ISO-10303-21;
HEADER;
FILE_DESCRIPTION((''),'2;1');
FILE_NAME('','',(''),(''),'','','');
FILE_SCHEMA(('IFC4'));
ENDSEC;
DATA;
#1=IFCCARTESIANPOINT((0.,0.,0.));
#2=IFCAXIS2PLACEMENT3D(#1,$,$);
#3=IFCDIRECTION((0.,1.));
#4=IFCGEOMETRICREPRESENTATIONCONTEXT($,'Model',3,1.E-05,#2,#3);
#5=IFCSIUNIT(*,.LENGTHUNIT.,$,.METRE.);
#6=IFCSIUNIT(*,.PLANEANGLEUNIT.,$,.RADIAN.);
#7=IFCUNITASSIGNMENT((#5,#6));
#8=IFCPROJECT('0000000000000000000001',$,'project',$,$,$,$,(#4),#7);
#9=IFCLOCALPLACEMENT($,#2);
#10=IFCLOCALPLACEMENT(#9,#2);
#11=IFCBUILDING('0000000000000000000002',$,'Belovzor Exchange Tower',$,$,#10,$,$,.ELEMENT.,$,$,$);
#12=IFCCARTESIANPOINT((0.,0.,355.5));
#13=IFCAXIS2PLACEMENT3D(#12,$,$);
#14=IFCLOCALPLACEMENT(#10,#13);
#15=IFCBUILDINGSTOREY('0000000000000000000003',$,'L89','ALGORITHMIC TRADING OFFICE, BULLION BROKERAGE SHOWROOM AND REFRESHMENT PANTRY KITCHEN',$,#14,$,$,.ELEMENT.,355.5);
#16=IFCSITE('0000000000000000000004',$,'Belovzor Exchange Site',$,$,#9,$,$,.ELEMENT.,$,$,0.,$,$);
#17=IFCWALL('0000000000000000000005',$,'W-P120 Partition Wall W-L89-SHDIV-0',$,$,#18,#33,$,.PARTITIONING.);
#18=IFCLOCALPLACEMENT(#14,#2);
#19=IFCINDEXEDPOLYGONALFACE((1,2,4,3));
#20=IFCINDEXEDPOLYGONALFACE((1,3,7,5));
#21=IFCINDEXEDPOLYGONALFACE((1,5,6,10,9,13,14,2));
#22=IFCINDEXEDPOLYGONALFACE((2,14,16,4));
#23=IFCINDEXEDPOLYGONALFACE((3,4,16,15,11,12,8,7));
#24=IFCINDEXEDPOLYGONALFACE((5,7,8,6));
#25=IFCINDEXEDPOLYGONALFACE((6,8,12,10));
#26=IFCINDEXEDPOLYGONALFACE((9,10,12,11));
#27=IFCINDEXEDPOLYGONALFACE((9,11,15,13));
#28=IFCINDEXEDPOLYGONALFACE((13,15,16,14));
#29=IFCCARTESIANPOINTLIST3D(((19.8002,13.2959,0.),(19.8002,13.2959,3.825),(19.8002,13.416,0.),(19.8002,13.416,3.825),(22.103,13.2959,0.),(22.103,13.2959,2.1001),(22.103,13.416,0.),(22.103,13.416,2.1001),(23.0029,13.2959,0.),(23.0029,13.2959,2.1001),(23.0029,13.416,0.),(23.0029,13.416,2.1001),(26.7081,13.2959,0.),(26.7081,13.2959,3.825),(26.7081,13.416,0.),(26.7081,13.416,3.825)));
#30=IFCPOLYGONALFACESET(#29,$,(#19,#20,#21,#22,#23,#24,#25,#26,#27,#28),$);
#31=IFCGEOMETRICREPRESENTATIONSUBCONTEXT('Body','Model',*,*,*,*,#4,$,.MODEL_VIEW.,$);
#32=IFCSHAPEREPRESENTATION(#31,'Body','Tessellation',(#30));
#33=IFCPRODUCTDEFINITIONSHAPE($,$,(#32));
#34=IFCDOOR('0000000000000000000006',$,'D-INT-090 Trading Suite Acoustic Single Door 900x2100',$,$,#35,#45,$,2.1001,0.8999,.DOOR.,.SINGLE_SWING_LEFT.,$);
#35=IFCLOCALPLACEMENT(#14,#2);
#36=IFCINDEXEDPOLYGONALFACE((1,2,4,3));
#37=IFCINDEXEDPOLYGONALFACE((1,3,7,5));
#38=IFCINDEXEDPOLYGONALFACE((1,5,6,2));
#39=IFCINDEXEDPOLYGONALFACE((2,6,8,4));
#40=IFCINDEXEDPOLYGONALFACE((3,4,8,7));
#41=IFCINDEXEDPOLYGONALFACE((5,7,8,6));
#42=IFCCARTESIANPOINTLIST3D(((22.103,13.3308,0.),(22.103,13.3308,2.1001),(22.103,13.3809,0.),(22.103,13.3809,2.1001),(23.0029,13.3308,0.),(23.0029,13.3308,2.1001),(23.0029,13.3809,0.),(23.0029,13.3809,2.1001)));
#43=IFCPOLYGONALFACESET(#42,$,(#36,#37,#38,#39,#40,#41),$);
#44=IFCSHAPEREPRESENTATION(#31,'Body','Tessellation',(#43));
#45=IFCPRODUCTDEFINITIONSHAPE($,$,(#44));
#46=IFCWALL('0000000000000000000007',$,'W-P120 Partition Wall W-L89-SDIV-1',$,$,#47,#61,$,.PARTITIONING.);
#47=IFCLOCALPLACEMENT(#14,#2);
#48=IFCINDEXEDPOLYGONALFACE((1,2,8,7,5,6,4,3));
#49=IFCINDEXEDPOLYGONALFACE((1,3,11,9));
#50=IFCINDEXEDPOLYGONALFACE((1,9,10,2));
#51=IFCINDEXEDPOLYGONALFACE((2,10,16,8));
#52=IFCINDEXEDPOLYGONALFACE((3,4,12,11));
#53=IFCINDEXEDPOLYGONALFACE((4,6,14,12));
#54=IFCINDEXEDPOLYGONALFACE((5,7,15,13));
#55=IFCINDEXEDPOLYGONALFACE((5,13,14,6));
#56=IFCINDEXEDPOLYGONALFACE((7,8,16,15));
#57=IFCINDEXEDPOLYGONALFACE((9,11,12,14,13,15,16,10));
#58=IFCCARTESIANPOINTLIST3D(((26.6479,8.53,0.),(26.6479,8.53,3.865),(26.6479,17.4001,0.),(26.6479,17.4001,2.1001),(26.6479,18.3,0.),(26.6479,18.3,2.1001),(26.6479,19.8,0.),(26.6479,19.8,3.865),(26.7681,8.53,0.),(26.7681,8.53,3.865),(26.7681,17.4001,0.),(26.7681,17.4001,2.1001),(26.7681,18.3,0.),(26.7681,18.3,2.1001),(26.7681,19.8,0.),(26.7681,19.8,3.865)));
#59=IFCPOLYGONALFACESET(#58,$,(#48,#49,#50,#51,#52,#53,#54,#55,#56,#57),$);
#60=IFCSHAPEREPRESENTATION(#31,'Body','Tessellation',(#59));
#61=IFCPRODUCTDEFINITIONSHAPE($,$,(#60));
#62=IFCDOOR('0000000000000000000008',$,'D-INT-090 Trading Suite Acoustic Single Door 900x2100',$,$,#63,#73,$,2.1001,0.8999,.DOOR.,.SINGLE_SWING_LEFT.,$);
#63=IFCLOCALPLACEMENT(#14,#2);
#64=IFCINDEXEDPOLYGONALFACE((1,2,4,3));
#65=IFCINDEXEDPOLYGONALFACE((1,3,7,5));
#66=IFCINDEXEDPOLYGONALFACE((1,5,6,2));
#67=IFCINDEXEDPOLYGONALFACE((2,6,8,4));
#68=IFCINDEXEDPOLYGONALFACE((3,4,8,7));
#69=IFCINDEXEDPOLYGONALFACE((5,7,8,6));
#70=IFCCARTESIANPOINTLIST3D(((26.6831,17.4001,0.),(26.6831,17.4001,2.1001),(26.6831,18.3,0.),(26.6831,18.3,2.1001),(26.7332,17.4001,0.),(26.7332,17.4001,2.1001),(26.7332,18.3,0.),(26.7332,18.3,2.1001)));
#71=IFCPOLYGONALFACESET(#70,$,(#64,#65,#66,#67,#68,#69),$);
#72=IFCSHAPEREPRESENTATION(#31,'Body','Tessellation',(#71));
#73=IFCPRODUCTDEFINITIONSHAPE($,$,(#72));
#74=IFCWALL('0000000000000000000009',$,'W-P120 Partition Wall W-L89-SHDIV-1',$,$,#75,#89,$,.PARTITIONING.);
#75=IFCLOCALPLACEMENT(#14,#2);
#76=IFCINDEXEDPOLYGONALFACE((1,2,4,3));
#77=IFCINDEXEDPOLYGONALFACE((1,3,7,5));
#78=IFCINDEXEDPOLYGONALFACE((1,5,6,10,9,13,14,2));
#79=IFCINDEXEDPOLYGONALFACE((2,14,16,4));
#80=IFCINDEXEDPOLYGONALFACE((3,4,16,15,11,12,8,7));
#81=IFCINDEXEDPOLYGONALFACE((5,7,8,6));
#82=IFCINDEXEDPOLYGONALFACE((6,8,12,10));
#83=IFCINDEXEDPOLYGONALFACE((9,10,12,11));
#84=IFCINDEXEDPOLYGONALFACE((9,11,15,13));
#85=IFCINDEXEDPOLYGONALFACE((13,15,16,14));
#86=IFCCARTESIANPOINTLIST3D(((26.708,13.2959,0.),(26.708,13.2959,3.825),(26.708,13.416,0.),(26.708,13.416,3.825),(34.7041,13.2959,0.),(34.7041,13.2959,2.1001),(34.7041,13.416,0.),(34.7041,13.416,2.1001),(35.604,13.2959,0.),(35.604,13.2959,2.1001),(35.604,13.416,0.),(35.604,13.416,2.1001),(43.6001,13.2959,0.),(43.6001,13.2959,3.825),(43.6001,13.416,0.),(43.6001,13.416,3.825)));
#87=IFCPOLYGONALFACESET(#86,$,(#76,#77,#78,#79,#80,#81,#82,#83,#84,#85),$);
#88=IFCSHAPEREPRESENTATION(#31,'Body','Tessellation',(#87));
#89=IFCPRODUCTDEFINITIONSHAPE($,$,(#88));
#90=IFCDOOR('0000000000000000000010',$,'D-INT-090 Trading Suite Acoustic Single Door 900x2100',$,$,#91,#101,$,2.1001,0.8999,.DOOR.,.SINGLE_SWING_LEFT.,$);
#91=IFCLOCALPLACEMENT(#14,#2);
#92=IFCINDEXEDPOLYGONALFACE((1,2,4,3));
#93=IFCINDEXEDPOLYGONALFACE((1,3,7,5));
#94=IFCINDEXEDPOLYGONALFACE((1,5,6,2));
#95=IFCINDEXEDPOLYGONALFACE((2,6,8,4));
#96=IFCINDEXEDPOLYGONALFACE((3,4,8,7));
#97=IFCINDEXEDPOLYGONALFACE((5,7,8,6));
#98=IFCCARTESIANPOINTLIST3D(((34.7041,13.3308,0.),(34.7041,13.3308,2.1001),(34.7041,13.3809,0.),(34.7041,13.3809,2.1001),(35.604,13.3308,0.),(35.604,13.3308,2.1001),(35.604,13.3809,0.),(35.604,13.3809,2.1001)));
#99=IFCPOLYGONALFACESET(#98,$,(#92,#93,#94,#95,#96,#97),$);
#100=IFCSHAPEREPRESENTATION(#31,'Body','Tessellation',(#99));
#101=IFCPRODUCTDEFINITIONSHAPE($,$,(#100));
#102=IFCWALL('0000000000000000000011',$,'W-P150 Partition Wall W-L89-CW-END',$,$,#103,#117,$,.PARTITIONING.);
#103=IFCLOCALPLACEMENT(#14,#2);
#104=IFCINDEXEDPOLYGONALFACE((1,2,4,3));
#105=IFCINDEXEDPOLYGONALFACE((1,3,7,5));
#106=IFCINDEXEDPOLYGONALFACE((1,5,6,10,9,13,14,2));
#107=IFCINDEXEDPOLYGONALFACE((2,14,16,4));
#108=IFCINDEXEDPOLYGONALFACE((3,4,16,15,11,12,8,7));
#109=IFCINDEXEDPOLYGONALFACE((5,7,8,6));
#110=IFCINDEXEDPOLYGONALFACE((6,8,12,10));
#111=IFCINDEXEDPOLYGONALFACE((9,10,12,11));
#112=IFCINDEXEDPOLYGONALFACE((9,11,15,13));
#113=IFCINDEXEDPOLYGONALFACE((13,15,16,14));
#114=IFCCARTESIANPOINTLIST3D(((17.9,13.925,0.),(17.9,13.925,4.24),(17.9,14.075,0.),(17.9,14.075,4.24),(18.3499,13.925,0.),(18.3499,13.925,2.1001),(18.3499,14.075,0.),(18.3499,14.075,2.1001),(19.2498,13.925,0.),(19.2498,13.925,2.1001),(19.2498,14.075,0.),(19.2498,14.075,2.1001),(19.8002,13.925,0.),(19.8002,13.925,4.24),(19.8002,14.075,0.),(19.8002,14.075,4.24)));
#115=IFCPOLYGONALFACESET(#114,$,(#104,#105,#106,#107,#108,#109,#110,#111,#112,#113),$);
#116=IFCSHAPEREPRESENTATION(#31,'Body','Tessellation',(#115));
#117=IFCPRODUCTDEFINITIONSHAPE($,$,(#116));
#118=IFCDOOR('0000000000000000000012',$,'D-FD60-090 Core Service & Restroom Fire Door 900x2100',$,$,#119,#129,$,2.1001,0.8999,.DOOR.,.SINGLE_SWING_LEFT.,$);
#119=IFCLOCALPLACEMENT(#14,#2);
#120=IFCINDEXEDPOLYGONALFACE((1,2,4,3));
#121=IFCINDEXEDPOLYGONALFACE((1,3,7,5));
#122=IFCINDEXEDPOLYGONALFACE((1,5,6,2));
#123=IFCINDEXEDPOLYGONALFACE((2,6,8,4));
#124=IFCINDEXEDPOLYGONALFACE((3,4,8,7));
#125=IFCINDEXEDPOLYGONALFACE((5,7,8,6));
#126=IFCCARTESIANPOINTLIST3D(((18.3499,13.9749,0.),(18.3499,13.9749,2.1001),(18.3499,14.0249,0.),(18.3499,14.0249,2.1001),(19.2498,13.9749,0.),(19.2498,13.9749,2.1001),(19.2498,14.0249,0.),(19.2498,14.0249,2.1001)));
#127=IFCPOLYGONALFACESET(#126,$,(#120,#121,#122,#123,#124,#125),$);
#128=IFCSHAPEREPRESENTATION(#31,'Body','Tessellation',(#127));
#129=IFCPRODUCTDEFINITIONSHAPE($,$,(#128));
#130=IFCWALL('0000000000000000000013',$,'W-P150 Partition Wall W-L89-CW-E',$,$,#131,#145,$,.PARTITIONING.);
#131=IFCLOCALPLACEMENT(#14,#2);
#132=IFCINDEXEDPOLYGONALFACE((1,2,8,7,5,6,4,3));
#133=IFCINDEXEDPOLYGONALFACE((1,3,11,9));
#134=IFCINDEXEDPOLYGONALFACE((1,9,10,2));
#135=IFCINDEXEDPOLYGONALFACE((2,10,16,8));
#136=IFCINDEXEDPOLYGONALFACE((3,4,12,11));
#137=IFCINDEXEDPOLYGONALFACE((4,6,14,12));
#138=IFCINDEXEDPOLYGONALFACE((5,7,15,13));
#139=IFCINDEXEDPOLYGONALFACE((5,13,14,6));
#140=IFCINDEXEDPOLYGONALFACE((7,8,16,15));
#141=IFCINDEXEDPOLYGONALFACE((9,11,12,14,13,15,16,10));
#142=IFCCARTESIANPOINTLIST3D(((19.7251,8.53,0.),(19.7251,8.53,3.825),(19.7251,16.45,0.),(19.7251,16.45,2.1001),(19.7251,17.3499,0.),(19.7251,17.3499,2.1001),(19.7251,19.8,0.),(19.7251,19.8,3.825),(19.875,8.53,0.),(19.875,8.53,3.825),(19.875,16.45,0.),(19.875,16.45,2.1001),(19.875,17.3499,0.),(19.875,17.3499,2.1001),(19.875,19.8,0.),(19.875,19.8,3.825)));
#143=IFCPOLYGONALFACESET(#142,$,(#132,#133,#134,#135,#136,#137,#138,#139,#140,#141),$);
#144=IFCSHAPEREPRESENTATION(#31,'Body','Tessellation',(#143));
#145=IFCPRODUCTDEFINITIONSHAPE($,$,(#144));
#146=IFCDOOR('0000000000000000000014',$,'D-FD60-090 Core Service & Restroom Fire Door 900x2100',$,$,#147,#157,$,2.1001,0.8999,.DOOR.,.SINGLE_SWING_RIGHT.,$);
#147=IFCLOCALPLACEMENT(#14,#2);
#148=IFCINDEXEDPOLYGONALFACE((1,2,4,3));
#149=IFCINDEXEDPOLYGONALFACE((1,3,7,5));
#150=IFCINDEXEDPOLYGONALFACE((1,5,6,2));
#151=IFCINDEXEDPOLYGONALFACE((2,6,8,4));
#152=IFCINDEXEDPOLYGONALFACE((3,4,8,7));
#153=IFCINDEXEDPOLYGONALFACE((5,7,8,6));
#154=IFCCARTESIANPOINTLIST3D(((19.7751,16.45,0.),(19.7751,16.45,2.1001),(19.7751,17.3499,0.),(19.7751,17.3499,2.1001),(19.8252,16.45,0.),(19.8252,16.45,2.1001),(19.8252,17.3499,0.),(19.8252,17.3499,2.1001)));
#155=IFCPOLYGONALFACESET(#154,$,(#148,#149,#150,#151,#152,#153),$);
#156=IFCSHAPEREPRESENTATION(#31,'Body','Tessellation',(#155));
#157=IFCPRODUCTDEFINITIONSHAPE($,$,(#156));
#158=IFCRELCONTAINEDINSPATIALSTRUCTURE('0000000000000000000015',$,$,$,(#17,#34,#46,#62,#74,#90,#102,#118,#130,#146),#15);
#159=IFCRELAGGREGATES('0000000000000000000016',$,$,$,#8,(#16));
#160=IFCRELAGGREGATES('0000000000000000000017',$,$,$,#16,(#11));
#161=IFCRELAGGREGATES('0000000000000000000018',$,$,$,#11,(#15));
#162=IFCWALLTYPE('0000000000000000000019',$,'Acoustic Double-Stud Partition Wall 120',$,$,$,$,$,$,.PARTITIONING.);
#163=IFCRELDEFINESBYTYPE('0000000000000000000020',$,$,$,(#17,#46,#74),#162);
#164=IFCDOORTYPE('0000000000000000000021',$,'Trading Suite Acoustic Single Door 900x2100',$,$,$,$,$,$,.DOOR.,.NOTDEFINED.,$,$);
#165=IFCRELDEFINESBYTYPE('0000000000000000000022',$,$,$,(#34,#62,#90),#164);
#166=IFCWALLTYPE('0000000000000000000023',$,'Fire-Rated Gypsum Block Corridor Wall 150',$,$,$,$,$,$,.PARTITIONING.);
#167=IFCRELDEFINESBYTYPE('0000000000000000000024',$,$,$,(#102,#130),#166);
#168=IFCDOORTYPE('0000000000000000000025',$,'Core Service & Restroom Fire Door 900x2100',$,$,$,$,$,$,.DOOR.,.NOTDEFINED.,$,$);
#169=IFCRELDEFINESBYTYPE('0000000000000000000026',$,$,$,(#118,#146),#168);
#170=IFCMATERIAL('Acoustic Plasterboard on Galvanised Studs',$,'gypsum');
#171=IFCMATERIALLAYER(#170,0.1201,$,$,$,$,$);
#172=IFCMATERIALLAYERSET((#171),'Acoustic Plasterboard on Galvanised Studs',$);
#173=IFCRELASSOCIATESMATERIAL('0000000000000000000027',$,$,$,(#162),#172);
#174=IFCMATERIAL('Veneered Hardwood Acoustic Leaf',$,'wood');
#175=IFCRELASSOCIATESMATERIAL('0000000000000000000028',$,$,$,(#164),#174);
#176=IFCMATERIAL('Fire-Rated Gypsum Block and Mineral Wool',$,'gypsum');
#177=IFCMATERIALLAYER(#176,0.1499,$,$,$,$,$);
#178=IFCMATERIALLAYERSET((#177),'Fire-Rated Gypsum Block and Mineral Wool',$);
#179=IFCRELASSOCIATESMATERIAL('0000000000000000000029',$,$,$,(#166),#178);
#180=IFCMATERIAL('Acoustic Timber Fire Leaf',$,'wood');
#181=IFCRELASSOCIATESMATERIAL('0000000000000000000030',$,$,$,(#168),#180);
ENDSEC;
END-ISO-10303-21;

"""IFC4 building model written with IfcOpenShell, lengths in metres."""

from ifc_helpers import new_model, si_unit, direction, frame, frame_2d, origin, place, context, subcontext, project, spatial, rectangle, extrude, material, layer, layer_set, type_object, element, fill, save


model = new_model("IFC4")

# Units and contexts
model_context = context("Model", 3, precision=1e-05, world=origin(), true_north=direction((0.0, 1.0)))
body_context = subcontext(model_context, "Body", "Model", "MODEL_VIEW")
ifc_project = project(units=[si_unit("LENGTHUNIT", "METRE"), si_unit("PLANEANGLEUNIT", "RADIAN")], contexts=[model_context])

# Site, building, storey
site_placement = place(None, origin())
site = spatial("IfcSite", under=ifc_project, at=site_placement, Name="Belovzor Exchange Site", CompositionType="ELEMENT", RefElevation=0.0)
building_placement = place(site_placement, origin())
building = spatial("IfcBuilding", under=site, at=building_placement, Name="Belovzor Exchange Tower", CompositionType="ELEMENT")
storey_placement = place(building_placement, frame((0.0, 0.0, 355.5)))
storey = spatial("IfcBuildingStorey", under=building, at=storey_placement, Name="L89", Description="ALGORITHMIC TRADING OFFICE, BULLION BROKERAGE SHOWROOM AND REFRESHMENT PANTRY KITCHEN", CompositionType="ELEMENT", Elevation=355.5)

# Walls, openings, doors
ifc_material_1 = material(Name="Acoustic Plasterboard on Galvanised Studs", Category="gypsum")
ifc_layer_1 = layer(ifc_material_1, 0.1201)
ifc_layer_set_1 = layer_set([ifc_layer_1], Name="Acoustic Plasterboard on Galvanised Studs")
wall_type_1 = type_object("IfcWallType", Name="Acoustic Double-Stud Partition Wall 120", PredefinedType="PARTITIONING", material=ifc_layer_set_1)
wall_1_placement = place(storey_placement, frame((19.8, 13.356, 0.0), z_axis=(0.0, 0.0, 1.0), x_axis=(1.0, 0.0, 0.0)))
wall_1 = element("IfcWall", 1, at=wall_1_placement, inside=storey, type_object=wall_type_1, Name="W-P120 Partition Wall W-L89-SHDIV-0", PredefinedType="PARTITIONING", context=body_context, shape_type="SweptSolid", body=[
    extrude(rectangle(XDim=6.908, YDim=0.1201, at=frame_2d((3.4541, 0.0))), origin(), (0.0, 0.0, 1.0), 3.825),
])
opening_1_placement = place(wall_1_placement, frame((2.303, 0.0, 0.0)))
opening_1 = element("IfcOpeningElement", 2, at=opening_1_placement, cuts=wall_1, PredefinedType="OPENING", context=body_context, shape_type="SweptSolid", body=[
    extrude(rectangle(XDim=0.8999, YDim=2.1001, at=frame_2d((0.45, 1.05))), frame((0.0, 0.0701, 0.0), z_axis=(0.0, -1.0, 0.0), x_axis=(1.0, 0.0, 0.0)), (0.0, 0.0, 1.0), 0.1401),
])
ifc_material_2 = material(Name="Veneered Hardwood Acoustic Leaf", Category="wood")
door_type_1 = type_object("IfcDoorType", Name="Trading Suite Acoustic Single Door 900x2100", OperationType="NOTDEFINED", PredefinedType="DOOR", material=ifc_material_2)
door_1_placement = place(opening_1_placement, origin())
door_1 = element("IfcDoor", 3, at=door_1_placement, inside=storey, type_object=door_type_1, Name="D-INT-090 Trading Suite Acoustic Single Door 900x2100", OperationType="SINGLE_SWING_LEFT", OverallHeight=2.1001, OverallWidth=0.8999, PredefinedType="DOOR", context=body_context, shape_type="SweptSolid", body=[
    extrude(rectangle(XDim=0.8999, YDim=2.1001, at=frame_2d((0.45, 1.05))), frame((0.0, 0.0249, 0.0), z_axis=(0.0, -1.0, 0.0), x_axis=(1.0, 0.0, 0.0)), (0.0, 0.0, 1.0), 0.05),
])
fill(opening_1, door_1)
wall_2_placement = place(storey_placement, frame((26.708, 8.53, 0.0), z_axis=(0.0, 0.0, 1.0), x_axis=(0.0, 1.0, 0.0)))
wall_2 = element("IfcWall", 4, at=wall_2_placement, inside=storey, type_object=wall_type_1, Name="W-P120 Partition Wall W-L89-SDIV-1", PredefinedType="PARTITIONING", context=body_context, shape_type="SweptSolid", body=[
    extrude(rectangle(XDim=11.27, YDim=0.1201, at=frame_2d((5.635, 0.0))), origin(), (0.0, 0.0, 1.0), 3.865),
])
opening_2_placement = place(wall_2_placement, frame((8.8701, 0.0, 0.0)))
opening_2 = element("IfcOpeningElement", 5, at=opening_2_placement, cuts=wall_2, PredefinedType="OPENING", context=body_context, shape_type="SweptSolid", body=[
    extrude(rectangle(XDim=0.8999, YDim=2.1001, at=frame_2d((0.45, 1.05))), frame((0.0, 0.0701, 0.0), z_axis=(0.0, -1.0, 0.0), x_axis=(1.0, 0.0, 0.0)), (0.0, 0.0, 1.0), 0.1401),
])
door_2_placement = place(opening_2_placement, origin())
door_2 = element("IfcDoor", 6, at=door_2_placement, inside=storey, type_object=door_type_1, Name="D-INT-090 Trading Suite Acoustic Single Door 900x2100", OperationType="SINGLE_SWING_LEFT", OverallHeight=2.1001, OverallWidth=0.8999, PredefinedType="DOOR", context=body_context, shape_type="SweptSolid", body=[
    extrude(rectangle(XDim=0.8999, YDim=2.1001, at=frame_2d((0.45, 1.05))), frame((0.0, 0.0249, 0.0), z_axis=(0.0, -1.0, 0.0), x_axis=(1.0, 0.0, 0.0)), (0.0, 0.0, 1.0), 0.05),
])
fill(opening_2, door_2)
wall_3_placement = place(storey_placement, frame((26.708, 13.356, 0.0), z_axis=(0.0, 0.0, 1.0), x_axis=(1.0, 0.0, 0.0)))
wall_3 = element("IfcWall", 7, at=wall_3_placement, inside=storey, type_object=wall_type_1, Name="W-P120 Partition Wall W-L89-SHDIV-1", PredefinedType="PARTITIONING", context=body_context, shape_type="SweptSolid", body=[
    extrude(rectangle(XDim=16.8921, YDim=0.1201, at=frame_2d((8.446, 0.0))), origin(), (0.0, 0.0, 1.0), 3.825),
])
opening_3_placement = place(wall_3_placement, frame((7.9961, 0.0, 0.0)))
opening_3 = element("IfcOpeningElement", 8, at=opening_3_placement, cuts=wall_3, PredefinedType="OPENING", context=body_context, shape_type="SweptSolid", body=[
    extrude(rectangle(XDim=0.8999, YDim=2.1001, at=frame_2d((0.45, 1.05))), frame((0.0, 0.0701, 0.0), z_axis=(0.0, -1.0, 0.0), x_axis=(1.0, 0.0, 0.0)), (0.0, 0.0, 1.0), 0.1401),
])
door_3_placement = place(opening_3_placement, origin())
door_3 = element("IfcDoor", 9, at=door_3_placement, inside=storey, type_object=door_type_1, Name="D-INT-090 Trading Suite Acoustic Single Door 900x2100", OperationType="SINGLE_SWING_LEFT", OverallHeight=2.1001, OverallWidth=0.8999, PredefinedType="DOOR", context=body_context, shape_type="SweptSolid", body=[
    extrude(rectangle(XDim=0.8999, YDim=2.1001, at=frame_2d((0.45, 1.05))), frame((0.0, 0.0249, 0.0), z_axis=(0.0, -1.0, 0.0), x_axis=(1.0, 0.0, 0.0)), (0.0, 0.0, 1.0), 0.05),
])
fill(opening_3, door_3)
ifc_material_3 = material(Name="Fire-Rated Gypsum Block and Mineral Wool", Category="gypsum")
ifc_layer_2 = layer(ifc_material_3, 0.1499)
ifc_layer_set_2 = layer_set([ifc_layer_2], Name="Fire-Rated Gypsum Block and Mineral Wool")
wall_type_2 = type_object("IfcWallType", Name="Fire-Rated Gypsum Block Corridor Wall 150", PredefinedType="PARTITIONING", material=ifc_layer_set_2)
wall_4_placement = place(storey_placement, frame((17.8999, 14.0, 0.0), z_axis=(0.0, 0.0, 1.0), x_axis=(1.0, 0.0, 0.0)))
wall_4 = element("IfcWall", 10, at=wall_4_placement, inside=storey, type_object=wall_type_2, Name="W-P150 Partition Wall W-L89-CW-END", PredefinedType="PARTITIONING", context=body_context, shape_type="SweptSolid", body=[
    extrude(rectangle(XDim=1.9001, YDim=0.1499, at=frame_2d((0.9502, 0.0))), origin(), (0.0, 0.0, 1.0), 4.24),
])
opening_4_placement = place(wall_4_placement, frame((0.45, 0.0, 0.0)))
opening_4 = element("IfcOpeningElement", 11, at=opening_4_placement, cuts=wall_4, PredefinedType="OPENING", context=body_context, shape_type="SweptSolid", body=[
    extrude(rectangle(XDim=0.8999, YDim=2.1001, at=frame_2d((0.45, 1.05))), frame((0.0, 0.085, 0.0), z_axis=(0.0, -1.0, 0.0), x_axis=(1.0, 0.0, 0.0)), (0.0, 0.0, 1.0), 0.1699),
])
ifc_material_4 = material(Name="Acoustic Timber Fire Leaf", Category="wood")
door_type_2 = type_object("IfcDoorType", Name="Core Service & Restroom Fire Door 900x2100", OperationType="NOTDEFINED", PredefinedType="DOOR", material=ifc_material_4)
door_4_placement = place(opening_4_placement, origin())
door_4 = element("IfcDoor", 12, at=door_4_placement, inside=storey, type_object=door_type_2, Name="D-FD60-090 Core Service & Restroom Fire Door 900x2100", OperationType="SINGLE_SWING_LEFT", OverallHeight=2.1001, OverallWidth=0.8999, PredefinedType="DOOR", context=body_context, shape_type="SweptSolid", body=[
    extrude(rectangle(XDim=0.8999, YDim=2.1001, at=frame_2d((0.45, 1.05))), frame((0.0, 0.0249, 0.0), z_axis=(0.0, -1.0, 0.0), x_axis=(1.0, 0.0, 0.0)), (0.0, 0.0, 1.0), 0.05),
])
fill(opening_4, door_4)
wall_5_placement = place(storey_placement, frame((19.8, 8.53, 0.0), z_axis=(0.0, 0.0, 1.0), x_axis=(0.0, 1.0, 0.0)))
wall_5 = element("IfcWall", 13, at=wall_5_placement, inside=storey, type_object=wall_type_2, Name="W-P150 Partition Wall W-L89-CW-E", PredefinedType="PARTITIONING", context=body_context, shape_type="SweptSolid", body=[
    extrude(rectangle(XDim=11.27, YDim=0.1499, at=frame_2d((5.635, 0.0))), origin(), (0.0, 0.0, 1.0), 3.825),
])
opening_5_placement = place(wall_5_placement, frame((7.9199, 0.0, 0.0)))
opening_5 = element("IfcOpeningElement", 14, at=opening_5_placement, cuts=wall_5, PredefinedType="OPENING", context=body_context, shape_type="SweptSolid", body=[
    extrude(rectangle(XDim=0.8999, YDim=2.1001, at=frame_2d((0.45, 1.05))), frame((0.0, 0.085, 0.0), z_axis=(0.0, -1.0, 0.0), x_axis=(1.0, 0.0, 0.0)), (0.0, 0.0, 1.0), 0.1699),
])
door_5_placement = place(opening_5_placement, origin())
door_5 = element("IfcDoor", 15, at=door_5_placement, inside=storey, type_object=door_type_2, Name="D-FD60-090 Core Service & Restroom Fire Door 900x2100", OperationType="SINGLE_SWING_RIGHT", OverallHeight=2.1001, OverallWidth=0.8999, PredefinedType="DOOR", context=body_context, shape_type="SweptSolid", body=[
    extrude(rectangle(XDim=0.8999, YDim=2.1001, at=frame_2d((0.45, 1.05))), frame((0.0, 0.0249, 0.0), z_axis=(0.0, -1.0, 0.0), x_axis=(1.0, 0.0, 0.0)), (0.0, 0.0, 1.0), 0.05),
])
fill(opening_5, door_5)

save(model, "model.ifc")
